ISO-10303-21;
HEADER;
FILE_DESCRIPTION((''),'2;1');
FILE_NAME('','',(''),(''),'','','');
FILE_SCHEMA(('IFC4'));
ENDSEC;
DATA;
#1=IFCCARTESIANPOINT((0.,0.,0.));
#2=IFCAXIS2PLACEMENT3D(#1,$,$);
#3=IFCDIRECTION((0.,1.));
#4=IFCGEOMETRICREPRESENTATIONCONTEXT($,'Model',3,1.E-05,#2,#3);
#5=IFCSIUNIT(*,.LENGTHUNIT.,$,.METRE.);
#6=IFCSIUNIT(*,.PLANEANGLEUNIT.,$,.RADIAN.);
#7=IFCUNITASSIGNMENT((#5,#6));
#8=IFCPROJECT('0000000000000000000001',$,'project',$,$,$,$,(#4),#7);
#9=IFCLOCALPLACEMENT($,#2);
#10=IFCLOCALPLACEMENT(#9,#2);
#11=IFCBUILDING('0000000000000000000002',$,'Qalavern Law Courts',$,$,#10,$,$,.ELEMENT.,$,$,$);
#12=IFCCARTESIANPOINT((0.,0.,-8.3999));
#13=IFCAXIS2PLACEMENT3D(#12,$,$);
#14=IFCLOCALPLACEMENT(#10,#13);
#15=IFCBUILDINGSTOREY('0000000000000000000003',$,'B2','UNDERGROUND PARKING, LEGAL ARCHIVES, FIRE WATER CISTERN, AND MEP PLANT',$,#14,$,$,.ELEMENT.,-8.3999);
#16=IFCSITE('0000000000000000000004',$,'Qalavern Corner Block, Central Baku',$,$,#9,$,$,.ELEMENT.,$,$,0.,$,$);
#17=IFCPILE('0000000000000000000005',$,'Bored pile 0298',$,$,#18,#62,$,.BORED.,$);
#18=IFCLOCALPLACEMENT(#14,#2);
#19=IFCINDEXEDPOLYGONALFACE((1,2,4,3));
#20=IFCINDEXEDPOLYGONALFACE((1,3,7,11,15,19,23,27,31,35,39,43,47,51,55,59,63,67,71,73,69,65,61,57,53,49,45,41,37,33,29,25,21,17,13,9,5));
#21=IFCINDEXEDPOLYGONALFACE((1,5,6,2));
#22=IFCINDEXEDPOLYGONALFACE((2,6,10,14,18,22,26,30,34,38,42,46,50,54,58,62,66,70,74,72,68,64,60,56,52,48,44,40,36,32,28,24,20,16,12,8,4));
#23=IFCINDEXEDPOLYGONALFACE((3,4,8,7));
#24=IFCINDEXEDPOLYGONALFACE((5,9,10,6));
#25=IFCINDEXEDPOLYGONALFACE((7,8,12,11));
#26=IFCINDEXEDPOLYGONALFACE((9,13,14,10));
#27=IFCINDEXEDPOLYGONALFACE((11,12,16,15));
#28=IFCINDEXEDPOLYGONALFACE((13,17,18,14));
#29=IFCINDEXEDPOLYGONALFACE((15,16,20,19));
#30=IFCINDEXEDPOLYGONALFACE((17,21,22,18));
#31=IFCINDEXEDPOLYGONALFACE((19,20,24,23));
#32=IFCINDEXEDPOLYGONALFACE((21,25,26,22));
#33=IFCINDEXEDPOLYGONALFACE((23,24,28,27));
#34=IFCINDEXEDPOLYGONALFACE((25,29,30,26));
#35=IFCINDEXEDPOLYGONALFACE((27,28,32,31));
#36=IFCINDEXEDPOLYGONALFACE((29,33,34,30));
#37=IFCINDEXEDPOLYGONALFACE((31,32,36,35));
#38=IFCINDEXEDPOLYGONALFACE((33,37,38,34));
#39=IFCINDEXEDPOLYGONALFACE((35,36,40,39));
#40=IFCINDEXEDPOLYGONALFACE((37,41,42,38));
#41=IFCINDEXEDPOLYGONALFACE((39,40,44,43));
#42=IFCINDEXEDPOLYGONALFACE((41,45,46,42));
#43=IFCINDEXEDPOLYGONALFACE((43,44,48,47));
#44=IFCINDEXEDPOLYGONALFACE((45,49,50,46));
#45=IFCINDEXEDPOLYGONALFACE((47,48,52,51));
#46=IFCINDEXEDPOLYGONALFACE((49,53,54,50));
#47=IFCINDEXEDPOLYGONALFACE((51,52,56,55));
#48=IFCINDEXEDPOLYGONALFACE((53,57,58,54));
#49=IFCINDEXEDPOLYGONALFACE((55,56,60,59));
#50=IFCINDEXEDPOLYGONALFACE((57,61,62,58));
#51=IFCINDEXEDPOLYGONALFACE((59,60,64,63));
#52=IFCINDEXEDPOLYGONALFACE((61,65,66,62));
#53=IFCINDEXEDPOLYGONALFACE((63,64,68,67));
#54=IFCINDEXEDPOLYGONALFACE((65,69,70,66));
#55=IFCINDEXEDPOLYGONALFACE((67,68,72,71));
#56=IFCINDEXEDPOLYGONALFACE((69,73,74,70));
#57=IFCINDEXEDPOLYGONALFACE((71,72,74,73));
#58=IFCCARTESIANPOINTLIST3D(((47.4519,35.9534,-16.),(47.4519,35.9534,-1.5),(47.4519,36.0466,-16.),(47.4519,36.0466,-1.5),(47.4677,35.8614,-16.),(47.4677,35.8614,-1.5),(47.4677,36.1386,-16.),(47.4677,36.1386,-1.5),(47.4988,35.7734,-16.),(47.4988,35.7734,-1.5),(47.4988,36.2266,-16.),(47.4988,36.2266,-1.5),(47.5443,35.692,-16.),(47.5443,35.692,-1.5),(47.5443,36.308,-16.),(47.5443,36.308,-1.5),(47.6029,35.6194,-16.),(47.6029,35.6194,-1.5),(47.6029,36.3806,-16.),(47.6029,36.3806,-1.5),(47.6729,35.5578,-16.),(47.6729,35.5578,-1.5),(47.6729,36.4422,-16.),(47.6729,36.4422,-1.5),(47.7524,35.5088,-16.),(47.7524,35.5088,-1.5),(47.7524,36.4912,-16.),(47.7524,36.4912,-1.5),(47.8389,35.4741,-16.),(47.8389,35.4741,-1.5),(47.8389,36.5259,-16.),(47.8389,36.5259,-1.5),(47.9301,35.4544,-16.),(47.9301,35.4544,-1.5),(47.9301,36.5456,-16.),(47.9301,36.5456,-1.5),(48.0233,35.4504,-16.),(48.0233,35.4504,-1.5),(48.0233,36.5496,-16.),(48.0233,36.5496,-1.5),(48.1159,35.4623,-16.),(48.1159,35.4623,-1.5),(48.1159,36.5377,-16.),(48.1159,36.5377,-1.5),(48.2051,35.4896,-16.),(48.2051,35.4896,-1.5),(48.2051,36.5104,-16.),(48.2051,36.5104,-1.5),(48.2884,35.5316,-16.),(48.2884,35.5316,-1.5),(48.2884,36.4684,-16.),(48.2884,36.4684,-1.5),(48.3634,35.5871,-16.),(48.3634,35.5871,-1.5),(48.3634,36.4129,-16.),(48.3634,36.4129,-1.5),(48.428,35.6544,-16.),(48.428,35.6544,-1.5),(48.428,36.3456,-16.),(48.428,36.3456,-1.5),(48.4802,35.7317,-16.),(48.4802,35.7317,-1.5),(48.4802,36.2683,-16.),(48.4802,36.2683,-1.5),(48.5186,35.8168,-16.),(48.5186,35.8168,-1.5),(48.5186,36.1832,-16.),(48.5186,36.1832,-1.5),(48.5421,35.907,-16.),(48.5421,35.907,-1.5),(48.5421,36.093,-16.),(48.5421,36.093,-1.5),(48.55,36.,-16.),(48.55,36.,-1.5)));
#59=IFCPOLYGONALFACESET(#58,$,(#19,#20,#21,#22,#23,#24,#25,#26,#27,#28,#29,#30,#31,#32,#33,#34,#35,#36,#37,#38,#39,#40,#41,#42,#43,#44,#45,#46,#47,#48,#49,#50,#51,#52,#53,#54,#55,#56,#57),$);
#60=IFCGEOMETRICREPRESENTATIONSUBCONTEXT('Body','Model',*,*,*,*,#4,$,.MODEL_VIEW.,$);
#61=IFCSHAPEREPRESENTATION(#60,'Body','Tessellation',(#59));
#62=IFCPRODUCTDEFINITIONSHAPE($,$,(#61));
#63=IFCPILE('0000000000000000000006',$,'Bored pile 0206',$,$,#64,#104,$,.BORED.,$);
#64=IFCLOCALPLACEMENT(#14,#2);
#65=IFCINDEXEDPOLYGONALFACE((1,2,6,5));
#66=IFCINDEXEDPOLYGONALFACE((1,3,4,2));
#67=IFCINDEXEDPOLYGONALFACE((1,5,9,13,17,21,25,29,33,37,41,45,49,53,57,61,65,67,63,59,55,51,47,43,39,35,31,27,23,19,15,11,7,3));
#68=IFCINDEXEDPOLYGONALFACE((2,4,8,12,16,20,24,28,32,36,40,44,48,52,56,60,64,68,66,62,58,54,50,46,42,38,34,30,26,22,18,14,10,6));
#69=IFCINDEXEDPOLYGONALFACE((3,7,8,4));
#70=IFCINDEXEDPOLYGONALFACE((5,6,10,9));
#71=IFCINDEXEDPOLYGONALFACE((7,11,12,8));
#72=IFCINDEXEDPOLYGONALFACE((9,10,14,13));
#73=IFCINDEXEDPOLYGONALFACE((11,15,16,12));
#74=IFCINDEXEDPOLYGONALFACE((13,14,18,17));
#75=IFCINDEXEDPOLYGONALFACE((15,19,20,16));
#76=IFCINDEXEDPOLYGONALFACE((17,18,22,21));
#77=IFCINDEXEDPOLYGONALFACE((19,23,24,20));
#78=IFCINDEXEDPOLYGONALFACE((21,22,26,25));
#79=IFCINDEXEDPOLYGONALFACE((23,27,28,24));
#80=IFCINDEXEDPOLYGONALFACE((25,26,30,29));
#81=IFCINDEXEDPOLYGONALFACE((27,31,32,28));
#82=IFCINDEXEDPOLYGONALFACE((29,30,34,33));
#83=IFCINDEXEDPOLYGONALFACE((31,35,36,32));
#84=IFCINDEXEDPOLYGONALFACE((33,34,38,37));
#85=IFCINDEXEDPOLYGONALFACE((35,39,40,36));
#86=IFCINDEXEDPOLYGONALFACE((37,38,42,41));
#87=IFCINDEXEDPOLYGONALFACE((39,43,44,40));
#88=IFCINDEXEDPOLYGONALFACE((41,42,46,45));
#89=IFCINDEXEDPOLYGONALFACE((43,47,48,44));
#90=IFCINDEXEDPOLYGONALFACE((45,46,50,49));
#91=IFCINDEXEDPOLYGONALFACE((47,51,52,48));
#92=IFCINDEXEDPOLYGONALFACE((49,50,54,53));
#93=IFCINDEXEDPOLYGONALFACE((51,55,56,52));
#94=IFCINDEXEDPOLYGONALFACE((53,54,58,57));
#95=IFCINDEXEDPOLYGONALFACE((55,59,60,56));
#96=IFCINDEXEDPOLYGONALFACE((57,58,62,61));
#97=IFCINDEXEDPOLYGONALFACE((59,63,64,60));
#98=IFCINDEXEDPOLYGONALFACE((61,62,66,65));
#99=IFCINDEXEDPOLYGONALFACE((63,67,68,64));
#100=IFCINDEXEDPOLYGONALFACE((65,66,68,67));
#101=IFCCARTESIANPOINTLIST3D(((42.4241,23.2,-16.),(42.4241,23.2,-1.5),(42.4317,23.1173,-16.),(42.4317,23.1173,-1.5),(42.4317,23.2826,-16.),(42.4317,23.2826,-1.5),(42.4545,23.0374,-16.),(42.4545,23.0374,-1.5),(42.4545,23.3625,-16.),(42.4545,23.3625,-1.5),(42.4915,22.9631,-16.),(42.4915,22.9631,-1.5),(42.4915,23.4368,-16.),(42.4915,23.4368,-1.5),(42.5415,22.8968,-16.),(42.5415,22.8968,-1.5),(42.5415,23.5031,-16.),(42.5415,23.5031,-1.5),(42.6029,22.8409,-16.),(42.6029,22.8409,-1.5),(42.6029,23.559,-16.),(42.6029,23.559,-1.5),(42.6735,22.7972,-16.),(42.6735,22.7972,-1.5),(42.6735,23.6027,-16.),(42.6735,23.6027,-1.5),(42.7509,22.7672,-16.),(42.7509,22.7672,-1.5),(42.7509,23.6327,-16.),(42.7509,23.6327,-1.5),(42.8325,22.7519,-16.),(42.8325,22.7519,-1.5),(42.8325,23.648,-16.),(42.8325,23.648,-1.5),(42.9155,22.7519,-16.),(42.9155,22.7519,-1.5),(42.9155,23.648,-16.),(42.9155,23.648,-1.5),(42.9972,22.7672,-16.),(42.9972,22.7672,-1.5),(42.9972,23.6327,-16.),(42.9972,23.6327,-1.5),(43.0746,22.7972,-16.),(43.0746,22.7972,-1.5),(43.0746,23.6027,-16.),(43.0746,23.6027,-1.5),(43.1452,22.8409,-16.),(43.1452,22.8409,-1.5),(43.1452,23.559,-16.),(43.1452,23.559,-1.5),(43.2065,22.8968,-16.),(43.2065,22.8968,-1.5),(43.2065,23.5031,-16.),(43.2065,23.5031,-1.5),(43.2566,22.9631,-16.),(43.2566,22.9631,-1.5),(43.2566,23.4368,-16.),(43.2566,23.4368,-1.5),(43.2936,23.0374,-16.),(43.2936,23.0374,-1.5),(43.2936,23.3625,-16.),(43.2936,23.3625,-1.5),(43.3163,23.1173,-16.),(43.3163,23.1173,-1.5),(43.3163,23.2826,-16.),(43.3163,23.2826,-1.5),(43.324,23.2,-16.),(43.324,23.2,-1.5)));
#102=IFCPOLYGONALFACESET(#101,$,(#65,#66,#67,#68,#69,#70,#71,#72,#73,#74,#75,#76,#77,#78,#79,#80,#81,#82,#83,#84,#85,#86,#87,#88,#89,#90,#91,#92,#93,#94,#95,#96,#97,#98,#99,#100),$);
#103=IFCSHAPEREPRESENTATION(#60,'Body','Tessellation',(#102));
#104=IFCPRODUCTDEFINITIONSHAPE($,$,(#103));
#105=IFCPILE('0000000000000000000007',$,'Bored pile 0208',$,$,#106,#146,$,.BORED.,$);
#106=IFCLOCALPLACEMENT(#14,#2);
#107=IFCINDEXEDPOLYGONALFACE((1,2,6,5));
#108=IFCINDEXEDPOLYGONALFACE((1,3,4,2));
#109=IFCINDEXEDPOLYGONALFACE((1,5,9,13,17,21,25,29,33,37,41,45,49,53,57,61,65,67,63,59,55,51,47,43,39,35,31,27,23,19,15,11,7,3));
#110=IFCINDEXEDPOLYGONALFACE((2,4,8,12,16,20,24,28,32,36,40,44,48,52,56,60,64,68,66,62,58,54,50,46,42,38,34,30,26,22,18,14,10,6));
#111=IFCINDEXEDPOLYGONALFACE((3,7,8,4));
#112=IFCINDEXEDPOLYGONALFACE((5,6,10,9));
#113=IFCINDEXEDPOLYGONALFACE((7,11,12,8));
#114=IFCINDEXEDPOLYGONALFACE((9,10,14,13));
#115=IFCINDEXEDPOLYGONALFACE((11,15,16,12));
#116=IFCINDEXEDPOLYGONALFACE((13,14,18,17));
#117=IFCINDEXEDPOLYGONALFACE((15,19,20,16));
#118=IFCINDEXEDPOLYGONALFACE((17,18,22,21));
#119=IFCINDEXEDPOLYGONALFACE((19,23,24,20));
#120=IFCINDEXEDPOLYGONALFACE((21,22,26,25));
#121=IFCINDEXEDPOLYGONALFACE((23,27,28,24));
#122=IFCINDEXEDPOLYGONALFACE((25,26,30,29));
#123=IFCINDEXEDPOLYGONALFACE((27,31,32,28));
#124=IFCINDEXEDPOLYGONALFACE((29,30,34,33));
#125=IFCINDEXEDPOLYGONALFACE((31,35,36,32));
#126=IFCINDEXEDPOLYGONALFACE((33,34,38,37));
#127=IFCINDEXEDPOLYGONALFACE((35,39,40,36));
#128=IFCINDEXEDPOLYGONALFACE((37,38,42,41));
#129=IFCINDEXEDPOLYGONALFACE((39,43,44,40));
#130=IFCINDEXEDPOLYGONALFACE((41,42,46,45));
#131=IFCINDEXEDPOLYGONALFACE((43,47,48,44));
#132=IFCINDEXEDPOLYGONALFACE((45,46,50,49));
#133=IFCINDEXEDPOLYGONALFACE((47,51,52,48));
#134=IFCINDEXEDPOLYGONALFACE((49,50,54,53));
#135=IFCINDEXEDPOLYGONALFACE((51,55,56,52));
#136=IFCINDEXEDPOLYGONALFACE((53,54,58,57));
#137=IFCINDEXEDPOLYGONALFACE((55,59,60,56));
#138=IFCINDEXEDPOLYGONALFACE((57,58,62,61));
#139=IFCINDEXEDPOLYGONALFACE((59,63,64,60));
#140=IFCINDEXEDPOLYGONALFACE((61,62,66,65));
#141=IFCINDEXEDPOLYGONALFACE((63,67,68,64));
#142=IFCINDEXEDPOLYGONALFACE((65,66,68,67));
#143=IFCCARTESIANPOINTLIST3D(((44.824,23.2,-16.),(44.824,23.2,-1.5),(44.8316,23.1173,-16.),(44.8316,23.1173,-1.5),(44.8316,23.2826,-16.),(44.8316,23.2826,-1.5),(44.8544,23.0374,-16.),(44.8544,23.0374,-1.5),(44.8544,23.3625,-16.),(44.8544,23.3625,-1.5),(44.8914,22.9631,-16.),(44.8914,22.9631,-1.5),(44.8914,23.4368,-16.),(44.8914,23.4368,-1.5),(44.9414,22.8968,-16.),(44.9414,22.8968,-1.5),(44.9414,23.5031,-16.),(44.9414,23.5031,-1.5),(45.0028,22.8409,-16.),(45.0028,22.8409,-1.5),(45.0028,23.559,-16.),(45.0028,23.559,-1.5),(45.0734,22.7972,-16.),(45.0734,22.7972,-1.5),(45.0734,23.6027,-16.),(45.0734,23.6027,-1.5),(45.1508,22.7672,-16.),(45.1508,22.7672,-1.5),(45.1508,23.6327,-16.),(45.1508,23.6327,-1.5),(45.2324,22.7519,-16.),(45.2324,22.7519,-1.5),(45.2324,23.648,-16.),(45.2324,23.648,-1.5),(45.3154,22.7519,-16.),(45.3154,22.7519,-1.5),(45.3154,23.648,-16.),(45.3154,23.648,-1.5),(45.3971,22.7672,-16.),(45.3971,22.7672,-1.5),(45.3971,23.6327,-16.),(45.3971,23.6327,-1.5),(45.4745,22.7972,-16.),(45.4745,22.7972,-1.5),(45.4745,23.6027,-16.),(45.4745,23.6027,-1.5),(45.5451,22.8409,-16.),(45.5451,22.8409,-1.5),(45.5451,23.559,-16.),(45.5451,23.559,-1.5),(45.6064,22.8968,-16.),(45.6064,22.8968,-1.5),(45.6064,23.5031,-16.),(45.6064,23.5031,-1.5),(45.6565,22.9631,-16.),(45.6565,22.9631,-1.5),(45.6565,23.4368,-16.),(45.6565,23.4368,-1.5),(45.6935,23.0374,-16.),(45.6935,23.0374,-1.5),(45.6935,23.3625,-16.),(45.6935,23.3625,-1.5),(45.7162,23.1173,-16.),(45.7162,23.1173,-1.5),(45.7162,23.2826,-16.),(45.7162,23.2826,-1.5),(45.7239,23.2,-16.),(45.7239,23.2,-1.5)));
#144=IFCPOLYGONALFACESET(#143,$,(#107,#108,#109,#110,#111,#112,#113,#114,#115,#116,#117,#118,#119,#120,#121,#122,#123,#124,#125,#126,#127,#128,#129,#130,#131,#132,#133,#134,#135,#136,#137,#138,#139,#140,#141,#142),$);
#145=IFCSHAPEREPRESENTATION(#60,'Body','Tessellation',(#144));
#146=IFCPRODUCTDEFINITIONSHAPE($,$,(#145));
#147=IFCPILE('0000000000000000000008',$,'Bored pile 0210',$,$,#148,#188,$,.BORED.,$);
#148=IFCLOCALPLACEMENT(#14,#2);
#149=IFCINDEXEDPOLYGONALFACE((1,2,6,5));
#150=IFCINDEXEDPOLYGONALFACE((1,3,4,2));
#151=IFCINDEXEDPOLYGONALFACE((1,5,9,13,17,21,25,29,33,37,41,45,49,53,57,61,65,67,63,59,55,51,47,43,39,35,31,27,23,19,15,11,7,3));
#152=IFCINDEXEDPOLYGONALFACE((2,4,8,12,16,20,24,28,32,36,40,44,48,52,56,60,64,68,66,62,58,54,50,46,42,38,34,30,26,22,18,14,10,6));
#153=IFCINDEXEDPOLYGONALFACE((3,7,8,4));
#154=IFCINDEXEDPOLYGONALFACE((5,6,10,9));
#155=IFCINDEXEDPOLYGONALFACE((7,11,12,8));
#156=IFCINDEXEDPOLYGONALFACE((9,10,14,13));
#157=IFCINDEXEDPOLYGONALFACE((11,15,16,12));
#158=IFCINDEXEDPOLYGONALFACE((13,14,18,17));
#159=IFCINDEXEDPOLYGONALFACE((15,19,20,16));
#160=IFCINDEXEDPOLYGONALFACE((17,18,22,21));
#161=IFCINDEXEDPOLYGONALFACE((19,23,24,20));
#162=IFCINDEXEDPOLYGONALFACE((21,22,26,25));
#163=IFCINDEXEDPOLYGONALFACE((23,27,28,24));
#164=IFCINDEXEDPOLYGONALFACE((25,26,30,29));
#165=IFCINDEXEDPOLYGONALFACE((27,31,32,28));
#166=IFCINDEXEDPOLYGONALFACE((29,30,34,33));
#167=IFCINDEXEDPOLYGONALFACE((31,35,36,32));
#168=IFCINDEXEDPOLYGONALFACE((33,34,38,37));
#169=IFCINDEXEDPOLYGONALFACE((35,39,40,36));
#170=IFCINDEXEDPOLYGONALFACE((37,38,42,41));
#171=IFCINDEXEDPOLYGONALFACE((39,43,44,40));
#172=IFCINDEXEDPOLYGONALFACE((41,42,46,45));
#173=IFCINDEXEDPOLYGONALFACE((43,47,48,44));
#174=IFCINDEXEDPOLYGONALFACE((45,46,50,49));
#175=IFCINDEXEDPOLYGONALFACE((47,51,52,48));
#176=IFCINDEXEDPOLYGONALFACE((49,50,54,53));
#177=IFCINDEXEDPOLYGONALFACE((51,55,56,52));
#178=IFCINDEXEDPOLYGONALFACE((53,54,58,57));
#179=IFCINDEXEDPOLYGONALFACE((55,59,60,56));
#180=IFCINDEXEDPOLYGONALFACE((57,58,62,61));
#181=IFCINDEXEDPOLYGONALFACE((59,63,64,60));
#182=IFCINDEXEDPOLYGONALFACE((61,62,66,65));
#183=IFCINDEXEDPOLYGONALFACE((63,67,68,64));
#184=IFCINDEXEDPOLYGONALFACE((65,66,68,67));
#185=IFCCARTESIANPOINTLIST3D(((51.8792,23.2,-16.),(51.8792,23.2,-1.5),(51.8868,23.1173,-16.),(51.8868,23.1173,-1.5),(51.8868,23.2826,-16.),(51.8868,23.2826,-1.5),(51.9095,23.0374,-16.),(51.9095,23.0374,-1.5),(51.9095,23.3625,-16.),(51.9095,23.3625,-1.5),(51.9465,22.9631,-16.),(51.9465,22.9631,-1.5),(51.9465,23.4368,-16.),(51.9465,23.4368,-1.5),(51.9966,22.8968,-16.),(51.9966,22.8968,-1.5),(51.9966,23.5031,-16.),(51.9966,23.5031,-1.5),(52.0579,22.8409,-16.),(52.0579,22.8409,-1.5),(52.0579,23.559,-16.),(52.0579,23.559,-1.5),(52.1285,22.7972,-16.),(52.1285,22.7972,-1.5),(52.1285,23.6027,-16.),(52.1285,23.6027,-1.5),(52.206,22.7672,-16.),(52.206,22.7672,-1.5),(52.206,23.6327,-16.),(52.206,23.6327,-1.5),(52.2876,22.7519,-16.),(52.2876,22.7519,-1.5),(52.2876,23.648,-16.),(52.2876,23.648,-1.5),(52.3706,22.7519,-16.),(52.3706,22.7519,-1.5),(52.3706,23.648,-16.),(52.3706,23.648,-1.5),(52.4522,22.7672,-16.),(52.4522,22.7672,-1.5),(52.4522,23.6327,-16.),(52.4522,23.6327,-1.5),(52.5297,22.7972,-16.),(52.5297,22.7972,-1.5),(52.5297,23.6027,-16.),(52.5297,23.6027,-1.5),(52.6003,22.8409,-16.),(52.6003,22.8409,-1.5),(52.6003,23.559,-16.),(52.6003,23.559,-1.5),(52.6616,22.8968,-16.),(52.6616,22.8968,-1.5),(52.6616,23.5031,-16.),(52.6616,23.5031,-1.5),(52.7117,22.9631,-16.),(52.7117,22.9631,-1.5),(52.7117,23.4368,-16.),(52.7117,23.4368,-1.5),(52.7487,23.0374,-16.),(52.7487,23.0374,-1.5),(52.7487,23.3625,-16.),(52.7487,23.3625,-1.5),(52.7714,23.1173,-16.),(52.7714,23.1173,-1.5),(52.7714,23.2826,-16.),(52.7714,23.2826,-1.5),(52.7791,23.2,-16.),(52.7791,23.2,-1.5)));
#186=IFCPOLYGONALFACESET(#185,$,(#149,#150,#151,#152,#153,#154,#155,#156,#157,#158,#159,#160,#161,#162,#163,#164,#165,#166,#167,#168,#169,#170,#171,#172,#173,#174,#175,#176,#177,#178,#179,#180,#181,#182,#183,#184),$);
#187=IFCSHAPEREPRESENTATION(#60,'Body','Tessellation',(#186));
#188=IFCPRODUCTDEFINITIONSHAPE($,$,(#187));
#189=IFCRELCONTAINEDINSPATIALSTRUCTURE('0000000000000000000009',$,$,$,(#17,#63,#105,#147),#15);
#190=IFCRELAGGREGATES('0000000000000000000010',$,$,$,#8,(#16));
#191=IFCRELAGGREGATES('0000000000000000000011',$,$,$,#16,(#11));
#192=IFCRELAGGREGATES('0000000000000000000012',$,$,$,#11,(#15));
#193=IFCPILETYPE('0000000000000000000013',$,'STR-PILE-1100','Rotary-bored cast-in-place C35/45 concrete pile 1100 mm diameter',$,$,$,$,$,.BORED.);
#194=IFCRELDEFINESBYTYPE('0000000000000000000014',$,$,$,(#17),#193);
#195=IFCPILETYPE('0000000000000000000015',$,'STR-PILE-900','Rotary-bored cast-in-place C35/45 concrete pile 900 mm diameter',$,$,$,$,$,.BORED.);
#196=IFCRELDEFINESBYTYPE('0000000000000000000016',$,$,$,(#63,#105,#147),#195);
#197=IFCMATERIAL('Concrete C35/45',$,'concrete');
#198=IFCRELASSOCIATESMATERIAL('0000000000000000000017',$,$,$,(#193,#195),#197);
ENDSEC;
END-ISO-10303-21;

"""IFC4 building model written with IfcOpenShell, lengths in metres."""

from ifc_helpers import new_model, si_unit, direction, frame, origin, origin_2d, place, context, subcontext, project, spatial, circle, extrude, material, material_profile, profile_set, type_object, element, save


model = new_model("IFC4")

# Units and contexts
model_context = context("Model", 3, precision=1e-05, world=origin(), true_north=direction((0.0, 1.0)))
body_context = subcontext(model_context, "Body", "Model", "MODEL_VIEW")
ifc_project = project(units=[si_unit("LENGTHUNIT", "METRE"), si_unit("PLANEANGLEUNIT", "RADIAN")], contexts=[model_context])

# Site, building, storey
site_placement = place(None, origin())
site = spatial("IfcSite", under=ifc_project, at=site_placement, Name="Qalavern Corner Block, Central Baku", CompositionType="ELEMENT", RefElevation=0.0)
building_placement = place(site_placement, origin())
building = spatial("IfcBuilding", under=site, at=building_placement, Name="Qalavern Law Courts", CompositionType="ELEMENT")
storey_placement = place(building_placement, frame((0.0, 0.0, -8.3999)))
storey = spatial("IfcBuildingStorey", under=building, at=storey_placement, Name="B2", Description="UNDERGROUND PARKING, LEGAL ARCHIVES, FIRE WATER CISTERN, AND MEP PLANT", CompositionType="ELEMENT", Elevation=-8.3999)

# Shared definitions
ifc_material_1 = material(Name="Concrete C35/45", Category="concrete")

# Piles
ifc_material_profile_1 = material_profile(ifc_material_1, circle(Radius=0.55, at=origin_2d()), Name="BORED PILE 1100")
ifc_profile_set_1 = profile_set([ifc_material_profile_1], Name="Concrete C35/45")
pile_type_1 = type_object("IfcPileType", Name="STR-PILE-1100", Description="Rotary-bored cast-in-place C35/45 concrete pile 1100 mm diameter", PredefinedType="BORED", material=ifc_profile_set_1)
pile_placement = place(storey_placement, frame((48.0, 36.0, -1.5), z_axis=(0.0, 0.0, -1.0), x_axis=(1.0, 0.0, 0.0)))
element("IfcPile", 1, at=pile_placement, inside=storey, type_object=pile_type_1, Name="Bored pile 0298", PredefinedType="BORED", context=body_context, shape_type="SweptSolid", body=[
    extrude(circle(Radius=0.55, at=origin_2d()), origin(), (0.0, 0.0, 1.0), 14.5),
])
ifc_material_profile_2 = material_profile(ifc_material_1, circle(Radius=0.45, at=origin_2d()), Name="BORED PILE 900")
ifc_profile_set_2 = profile_set([ifc_material_profile_2], Name="Concrete C35/45")
pile_type_2 = type_object("IfcPileType", Name="STR-PILE-900", Description="Rotary-bored cast-in-place C35/45 concrete pile 900 mm diameter", PredefinedType="BORED", material=ifc_profile_set_2)
for number, where, z_axis, x_axis, name in (
    (2, (42.874, 23.2, -1.5), (0.0, 0.0, -1.0), (1.0, 0.0, 0.0), "Bored pile 0206"),
    (3, (45.2739, 23.2, -1.5), (0.0, 0.0, -1.0), (1.0, 0.0, 0.0), "Bored pile 0208"),
    (4, (52.3291, 23.2, -1.5), (0.0, 0.0, -1.0), (1.0, 0.0, 0.0), "Bored pile 0210"),
):
    element("IfcPile", number, at=place(storey_placement, frame(where, z_axis=z_axis, x_axis=x_axis)), inside=storey, type_object=pile_type_2, Name=name, PredefinedType="BORED", context=body_context, shape_type="SweptSolid", body=[
        extrude(circle(Radius=0.45, at=origin_2d()), origin(), (0.0, 0.0, 1.0), 14.5),
    ])

save(model, "model.ifc")
